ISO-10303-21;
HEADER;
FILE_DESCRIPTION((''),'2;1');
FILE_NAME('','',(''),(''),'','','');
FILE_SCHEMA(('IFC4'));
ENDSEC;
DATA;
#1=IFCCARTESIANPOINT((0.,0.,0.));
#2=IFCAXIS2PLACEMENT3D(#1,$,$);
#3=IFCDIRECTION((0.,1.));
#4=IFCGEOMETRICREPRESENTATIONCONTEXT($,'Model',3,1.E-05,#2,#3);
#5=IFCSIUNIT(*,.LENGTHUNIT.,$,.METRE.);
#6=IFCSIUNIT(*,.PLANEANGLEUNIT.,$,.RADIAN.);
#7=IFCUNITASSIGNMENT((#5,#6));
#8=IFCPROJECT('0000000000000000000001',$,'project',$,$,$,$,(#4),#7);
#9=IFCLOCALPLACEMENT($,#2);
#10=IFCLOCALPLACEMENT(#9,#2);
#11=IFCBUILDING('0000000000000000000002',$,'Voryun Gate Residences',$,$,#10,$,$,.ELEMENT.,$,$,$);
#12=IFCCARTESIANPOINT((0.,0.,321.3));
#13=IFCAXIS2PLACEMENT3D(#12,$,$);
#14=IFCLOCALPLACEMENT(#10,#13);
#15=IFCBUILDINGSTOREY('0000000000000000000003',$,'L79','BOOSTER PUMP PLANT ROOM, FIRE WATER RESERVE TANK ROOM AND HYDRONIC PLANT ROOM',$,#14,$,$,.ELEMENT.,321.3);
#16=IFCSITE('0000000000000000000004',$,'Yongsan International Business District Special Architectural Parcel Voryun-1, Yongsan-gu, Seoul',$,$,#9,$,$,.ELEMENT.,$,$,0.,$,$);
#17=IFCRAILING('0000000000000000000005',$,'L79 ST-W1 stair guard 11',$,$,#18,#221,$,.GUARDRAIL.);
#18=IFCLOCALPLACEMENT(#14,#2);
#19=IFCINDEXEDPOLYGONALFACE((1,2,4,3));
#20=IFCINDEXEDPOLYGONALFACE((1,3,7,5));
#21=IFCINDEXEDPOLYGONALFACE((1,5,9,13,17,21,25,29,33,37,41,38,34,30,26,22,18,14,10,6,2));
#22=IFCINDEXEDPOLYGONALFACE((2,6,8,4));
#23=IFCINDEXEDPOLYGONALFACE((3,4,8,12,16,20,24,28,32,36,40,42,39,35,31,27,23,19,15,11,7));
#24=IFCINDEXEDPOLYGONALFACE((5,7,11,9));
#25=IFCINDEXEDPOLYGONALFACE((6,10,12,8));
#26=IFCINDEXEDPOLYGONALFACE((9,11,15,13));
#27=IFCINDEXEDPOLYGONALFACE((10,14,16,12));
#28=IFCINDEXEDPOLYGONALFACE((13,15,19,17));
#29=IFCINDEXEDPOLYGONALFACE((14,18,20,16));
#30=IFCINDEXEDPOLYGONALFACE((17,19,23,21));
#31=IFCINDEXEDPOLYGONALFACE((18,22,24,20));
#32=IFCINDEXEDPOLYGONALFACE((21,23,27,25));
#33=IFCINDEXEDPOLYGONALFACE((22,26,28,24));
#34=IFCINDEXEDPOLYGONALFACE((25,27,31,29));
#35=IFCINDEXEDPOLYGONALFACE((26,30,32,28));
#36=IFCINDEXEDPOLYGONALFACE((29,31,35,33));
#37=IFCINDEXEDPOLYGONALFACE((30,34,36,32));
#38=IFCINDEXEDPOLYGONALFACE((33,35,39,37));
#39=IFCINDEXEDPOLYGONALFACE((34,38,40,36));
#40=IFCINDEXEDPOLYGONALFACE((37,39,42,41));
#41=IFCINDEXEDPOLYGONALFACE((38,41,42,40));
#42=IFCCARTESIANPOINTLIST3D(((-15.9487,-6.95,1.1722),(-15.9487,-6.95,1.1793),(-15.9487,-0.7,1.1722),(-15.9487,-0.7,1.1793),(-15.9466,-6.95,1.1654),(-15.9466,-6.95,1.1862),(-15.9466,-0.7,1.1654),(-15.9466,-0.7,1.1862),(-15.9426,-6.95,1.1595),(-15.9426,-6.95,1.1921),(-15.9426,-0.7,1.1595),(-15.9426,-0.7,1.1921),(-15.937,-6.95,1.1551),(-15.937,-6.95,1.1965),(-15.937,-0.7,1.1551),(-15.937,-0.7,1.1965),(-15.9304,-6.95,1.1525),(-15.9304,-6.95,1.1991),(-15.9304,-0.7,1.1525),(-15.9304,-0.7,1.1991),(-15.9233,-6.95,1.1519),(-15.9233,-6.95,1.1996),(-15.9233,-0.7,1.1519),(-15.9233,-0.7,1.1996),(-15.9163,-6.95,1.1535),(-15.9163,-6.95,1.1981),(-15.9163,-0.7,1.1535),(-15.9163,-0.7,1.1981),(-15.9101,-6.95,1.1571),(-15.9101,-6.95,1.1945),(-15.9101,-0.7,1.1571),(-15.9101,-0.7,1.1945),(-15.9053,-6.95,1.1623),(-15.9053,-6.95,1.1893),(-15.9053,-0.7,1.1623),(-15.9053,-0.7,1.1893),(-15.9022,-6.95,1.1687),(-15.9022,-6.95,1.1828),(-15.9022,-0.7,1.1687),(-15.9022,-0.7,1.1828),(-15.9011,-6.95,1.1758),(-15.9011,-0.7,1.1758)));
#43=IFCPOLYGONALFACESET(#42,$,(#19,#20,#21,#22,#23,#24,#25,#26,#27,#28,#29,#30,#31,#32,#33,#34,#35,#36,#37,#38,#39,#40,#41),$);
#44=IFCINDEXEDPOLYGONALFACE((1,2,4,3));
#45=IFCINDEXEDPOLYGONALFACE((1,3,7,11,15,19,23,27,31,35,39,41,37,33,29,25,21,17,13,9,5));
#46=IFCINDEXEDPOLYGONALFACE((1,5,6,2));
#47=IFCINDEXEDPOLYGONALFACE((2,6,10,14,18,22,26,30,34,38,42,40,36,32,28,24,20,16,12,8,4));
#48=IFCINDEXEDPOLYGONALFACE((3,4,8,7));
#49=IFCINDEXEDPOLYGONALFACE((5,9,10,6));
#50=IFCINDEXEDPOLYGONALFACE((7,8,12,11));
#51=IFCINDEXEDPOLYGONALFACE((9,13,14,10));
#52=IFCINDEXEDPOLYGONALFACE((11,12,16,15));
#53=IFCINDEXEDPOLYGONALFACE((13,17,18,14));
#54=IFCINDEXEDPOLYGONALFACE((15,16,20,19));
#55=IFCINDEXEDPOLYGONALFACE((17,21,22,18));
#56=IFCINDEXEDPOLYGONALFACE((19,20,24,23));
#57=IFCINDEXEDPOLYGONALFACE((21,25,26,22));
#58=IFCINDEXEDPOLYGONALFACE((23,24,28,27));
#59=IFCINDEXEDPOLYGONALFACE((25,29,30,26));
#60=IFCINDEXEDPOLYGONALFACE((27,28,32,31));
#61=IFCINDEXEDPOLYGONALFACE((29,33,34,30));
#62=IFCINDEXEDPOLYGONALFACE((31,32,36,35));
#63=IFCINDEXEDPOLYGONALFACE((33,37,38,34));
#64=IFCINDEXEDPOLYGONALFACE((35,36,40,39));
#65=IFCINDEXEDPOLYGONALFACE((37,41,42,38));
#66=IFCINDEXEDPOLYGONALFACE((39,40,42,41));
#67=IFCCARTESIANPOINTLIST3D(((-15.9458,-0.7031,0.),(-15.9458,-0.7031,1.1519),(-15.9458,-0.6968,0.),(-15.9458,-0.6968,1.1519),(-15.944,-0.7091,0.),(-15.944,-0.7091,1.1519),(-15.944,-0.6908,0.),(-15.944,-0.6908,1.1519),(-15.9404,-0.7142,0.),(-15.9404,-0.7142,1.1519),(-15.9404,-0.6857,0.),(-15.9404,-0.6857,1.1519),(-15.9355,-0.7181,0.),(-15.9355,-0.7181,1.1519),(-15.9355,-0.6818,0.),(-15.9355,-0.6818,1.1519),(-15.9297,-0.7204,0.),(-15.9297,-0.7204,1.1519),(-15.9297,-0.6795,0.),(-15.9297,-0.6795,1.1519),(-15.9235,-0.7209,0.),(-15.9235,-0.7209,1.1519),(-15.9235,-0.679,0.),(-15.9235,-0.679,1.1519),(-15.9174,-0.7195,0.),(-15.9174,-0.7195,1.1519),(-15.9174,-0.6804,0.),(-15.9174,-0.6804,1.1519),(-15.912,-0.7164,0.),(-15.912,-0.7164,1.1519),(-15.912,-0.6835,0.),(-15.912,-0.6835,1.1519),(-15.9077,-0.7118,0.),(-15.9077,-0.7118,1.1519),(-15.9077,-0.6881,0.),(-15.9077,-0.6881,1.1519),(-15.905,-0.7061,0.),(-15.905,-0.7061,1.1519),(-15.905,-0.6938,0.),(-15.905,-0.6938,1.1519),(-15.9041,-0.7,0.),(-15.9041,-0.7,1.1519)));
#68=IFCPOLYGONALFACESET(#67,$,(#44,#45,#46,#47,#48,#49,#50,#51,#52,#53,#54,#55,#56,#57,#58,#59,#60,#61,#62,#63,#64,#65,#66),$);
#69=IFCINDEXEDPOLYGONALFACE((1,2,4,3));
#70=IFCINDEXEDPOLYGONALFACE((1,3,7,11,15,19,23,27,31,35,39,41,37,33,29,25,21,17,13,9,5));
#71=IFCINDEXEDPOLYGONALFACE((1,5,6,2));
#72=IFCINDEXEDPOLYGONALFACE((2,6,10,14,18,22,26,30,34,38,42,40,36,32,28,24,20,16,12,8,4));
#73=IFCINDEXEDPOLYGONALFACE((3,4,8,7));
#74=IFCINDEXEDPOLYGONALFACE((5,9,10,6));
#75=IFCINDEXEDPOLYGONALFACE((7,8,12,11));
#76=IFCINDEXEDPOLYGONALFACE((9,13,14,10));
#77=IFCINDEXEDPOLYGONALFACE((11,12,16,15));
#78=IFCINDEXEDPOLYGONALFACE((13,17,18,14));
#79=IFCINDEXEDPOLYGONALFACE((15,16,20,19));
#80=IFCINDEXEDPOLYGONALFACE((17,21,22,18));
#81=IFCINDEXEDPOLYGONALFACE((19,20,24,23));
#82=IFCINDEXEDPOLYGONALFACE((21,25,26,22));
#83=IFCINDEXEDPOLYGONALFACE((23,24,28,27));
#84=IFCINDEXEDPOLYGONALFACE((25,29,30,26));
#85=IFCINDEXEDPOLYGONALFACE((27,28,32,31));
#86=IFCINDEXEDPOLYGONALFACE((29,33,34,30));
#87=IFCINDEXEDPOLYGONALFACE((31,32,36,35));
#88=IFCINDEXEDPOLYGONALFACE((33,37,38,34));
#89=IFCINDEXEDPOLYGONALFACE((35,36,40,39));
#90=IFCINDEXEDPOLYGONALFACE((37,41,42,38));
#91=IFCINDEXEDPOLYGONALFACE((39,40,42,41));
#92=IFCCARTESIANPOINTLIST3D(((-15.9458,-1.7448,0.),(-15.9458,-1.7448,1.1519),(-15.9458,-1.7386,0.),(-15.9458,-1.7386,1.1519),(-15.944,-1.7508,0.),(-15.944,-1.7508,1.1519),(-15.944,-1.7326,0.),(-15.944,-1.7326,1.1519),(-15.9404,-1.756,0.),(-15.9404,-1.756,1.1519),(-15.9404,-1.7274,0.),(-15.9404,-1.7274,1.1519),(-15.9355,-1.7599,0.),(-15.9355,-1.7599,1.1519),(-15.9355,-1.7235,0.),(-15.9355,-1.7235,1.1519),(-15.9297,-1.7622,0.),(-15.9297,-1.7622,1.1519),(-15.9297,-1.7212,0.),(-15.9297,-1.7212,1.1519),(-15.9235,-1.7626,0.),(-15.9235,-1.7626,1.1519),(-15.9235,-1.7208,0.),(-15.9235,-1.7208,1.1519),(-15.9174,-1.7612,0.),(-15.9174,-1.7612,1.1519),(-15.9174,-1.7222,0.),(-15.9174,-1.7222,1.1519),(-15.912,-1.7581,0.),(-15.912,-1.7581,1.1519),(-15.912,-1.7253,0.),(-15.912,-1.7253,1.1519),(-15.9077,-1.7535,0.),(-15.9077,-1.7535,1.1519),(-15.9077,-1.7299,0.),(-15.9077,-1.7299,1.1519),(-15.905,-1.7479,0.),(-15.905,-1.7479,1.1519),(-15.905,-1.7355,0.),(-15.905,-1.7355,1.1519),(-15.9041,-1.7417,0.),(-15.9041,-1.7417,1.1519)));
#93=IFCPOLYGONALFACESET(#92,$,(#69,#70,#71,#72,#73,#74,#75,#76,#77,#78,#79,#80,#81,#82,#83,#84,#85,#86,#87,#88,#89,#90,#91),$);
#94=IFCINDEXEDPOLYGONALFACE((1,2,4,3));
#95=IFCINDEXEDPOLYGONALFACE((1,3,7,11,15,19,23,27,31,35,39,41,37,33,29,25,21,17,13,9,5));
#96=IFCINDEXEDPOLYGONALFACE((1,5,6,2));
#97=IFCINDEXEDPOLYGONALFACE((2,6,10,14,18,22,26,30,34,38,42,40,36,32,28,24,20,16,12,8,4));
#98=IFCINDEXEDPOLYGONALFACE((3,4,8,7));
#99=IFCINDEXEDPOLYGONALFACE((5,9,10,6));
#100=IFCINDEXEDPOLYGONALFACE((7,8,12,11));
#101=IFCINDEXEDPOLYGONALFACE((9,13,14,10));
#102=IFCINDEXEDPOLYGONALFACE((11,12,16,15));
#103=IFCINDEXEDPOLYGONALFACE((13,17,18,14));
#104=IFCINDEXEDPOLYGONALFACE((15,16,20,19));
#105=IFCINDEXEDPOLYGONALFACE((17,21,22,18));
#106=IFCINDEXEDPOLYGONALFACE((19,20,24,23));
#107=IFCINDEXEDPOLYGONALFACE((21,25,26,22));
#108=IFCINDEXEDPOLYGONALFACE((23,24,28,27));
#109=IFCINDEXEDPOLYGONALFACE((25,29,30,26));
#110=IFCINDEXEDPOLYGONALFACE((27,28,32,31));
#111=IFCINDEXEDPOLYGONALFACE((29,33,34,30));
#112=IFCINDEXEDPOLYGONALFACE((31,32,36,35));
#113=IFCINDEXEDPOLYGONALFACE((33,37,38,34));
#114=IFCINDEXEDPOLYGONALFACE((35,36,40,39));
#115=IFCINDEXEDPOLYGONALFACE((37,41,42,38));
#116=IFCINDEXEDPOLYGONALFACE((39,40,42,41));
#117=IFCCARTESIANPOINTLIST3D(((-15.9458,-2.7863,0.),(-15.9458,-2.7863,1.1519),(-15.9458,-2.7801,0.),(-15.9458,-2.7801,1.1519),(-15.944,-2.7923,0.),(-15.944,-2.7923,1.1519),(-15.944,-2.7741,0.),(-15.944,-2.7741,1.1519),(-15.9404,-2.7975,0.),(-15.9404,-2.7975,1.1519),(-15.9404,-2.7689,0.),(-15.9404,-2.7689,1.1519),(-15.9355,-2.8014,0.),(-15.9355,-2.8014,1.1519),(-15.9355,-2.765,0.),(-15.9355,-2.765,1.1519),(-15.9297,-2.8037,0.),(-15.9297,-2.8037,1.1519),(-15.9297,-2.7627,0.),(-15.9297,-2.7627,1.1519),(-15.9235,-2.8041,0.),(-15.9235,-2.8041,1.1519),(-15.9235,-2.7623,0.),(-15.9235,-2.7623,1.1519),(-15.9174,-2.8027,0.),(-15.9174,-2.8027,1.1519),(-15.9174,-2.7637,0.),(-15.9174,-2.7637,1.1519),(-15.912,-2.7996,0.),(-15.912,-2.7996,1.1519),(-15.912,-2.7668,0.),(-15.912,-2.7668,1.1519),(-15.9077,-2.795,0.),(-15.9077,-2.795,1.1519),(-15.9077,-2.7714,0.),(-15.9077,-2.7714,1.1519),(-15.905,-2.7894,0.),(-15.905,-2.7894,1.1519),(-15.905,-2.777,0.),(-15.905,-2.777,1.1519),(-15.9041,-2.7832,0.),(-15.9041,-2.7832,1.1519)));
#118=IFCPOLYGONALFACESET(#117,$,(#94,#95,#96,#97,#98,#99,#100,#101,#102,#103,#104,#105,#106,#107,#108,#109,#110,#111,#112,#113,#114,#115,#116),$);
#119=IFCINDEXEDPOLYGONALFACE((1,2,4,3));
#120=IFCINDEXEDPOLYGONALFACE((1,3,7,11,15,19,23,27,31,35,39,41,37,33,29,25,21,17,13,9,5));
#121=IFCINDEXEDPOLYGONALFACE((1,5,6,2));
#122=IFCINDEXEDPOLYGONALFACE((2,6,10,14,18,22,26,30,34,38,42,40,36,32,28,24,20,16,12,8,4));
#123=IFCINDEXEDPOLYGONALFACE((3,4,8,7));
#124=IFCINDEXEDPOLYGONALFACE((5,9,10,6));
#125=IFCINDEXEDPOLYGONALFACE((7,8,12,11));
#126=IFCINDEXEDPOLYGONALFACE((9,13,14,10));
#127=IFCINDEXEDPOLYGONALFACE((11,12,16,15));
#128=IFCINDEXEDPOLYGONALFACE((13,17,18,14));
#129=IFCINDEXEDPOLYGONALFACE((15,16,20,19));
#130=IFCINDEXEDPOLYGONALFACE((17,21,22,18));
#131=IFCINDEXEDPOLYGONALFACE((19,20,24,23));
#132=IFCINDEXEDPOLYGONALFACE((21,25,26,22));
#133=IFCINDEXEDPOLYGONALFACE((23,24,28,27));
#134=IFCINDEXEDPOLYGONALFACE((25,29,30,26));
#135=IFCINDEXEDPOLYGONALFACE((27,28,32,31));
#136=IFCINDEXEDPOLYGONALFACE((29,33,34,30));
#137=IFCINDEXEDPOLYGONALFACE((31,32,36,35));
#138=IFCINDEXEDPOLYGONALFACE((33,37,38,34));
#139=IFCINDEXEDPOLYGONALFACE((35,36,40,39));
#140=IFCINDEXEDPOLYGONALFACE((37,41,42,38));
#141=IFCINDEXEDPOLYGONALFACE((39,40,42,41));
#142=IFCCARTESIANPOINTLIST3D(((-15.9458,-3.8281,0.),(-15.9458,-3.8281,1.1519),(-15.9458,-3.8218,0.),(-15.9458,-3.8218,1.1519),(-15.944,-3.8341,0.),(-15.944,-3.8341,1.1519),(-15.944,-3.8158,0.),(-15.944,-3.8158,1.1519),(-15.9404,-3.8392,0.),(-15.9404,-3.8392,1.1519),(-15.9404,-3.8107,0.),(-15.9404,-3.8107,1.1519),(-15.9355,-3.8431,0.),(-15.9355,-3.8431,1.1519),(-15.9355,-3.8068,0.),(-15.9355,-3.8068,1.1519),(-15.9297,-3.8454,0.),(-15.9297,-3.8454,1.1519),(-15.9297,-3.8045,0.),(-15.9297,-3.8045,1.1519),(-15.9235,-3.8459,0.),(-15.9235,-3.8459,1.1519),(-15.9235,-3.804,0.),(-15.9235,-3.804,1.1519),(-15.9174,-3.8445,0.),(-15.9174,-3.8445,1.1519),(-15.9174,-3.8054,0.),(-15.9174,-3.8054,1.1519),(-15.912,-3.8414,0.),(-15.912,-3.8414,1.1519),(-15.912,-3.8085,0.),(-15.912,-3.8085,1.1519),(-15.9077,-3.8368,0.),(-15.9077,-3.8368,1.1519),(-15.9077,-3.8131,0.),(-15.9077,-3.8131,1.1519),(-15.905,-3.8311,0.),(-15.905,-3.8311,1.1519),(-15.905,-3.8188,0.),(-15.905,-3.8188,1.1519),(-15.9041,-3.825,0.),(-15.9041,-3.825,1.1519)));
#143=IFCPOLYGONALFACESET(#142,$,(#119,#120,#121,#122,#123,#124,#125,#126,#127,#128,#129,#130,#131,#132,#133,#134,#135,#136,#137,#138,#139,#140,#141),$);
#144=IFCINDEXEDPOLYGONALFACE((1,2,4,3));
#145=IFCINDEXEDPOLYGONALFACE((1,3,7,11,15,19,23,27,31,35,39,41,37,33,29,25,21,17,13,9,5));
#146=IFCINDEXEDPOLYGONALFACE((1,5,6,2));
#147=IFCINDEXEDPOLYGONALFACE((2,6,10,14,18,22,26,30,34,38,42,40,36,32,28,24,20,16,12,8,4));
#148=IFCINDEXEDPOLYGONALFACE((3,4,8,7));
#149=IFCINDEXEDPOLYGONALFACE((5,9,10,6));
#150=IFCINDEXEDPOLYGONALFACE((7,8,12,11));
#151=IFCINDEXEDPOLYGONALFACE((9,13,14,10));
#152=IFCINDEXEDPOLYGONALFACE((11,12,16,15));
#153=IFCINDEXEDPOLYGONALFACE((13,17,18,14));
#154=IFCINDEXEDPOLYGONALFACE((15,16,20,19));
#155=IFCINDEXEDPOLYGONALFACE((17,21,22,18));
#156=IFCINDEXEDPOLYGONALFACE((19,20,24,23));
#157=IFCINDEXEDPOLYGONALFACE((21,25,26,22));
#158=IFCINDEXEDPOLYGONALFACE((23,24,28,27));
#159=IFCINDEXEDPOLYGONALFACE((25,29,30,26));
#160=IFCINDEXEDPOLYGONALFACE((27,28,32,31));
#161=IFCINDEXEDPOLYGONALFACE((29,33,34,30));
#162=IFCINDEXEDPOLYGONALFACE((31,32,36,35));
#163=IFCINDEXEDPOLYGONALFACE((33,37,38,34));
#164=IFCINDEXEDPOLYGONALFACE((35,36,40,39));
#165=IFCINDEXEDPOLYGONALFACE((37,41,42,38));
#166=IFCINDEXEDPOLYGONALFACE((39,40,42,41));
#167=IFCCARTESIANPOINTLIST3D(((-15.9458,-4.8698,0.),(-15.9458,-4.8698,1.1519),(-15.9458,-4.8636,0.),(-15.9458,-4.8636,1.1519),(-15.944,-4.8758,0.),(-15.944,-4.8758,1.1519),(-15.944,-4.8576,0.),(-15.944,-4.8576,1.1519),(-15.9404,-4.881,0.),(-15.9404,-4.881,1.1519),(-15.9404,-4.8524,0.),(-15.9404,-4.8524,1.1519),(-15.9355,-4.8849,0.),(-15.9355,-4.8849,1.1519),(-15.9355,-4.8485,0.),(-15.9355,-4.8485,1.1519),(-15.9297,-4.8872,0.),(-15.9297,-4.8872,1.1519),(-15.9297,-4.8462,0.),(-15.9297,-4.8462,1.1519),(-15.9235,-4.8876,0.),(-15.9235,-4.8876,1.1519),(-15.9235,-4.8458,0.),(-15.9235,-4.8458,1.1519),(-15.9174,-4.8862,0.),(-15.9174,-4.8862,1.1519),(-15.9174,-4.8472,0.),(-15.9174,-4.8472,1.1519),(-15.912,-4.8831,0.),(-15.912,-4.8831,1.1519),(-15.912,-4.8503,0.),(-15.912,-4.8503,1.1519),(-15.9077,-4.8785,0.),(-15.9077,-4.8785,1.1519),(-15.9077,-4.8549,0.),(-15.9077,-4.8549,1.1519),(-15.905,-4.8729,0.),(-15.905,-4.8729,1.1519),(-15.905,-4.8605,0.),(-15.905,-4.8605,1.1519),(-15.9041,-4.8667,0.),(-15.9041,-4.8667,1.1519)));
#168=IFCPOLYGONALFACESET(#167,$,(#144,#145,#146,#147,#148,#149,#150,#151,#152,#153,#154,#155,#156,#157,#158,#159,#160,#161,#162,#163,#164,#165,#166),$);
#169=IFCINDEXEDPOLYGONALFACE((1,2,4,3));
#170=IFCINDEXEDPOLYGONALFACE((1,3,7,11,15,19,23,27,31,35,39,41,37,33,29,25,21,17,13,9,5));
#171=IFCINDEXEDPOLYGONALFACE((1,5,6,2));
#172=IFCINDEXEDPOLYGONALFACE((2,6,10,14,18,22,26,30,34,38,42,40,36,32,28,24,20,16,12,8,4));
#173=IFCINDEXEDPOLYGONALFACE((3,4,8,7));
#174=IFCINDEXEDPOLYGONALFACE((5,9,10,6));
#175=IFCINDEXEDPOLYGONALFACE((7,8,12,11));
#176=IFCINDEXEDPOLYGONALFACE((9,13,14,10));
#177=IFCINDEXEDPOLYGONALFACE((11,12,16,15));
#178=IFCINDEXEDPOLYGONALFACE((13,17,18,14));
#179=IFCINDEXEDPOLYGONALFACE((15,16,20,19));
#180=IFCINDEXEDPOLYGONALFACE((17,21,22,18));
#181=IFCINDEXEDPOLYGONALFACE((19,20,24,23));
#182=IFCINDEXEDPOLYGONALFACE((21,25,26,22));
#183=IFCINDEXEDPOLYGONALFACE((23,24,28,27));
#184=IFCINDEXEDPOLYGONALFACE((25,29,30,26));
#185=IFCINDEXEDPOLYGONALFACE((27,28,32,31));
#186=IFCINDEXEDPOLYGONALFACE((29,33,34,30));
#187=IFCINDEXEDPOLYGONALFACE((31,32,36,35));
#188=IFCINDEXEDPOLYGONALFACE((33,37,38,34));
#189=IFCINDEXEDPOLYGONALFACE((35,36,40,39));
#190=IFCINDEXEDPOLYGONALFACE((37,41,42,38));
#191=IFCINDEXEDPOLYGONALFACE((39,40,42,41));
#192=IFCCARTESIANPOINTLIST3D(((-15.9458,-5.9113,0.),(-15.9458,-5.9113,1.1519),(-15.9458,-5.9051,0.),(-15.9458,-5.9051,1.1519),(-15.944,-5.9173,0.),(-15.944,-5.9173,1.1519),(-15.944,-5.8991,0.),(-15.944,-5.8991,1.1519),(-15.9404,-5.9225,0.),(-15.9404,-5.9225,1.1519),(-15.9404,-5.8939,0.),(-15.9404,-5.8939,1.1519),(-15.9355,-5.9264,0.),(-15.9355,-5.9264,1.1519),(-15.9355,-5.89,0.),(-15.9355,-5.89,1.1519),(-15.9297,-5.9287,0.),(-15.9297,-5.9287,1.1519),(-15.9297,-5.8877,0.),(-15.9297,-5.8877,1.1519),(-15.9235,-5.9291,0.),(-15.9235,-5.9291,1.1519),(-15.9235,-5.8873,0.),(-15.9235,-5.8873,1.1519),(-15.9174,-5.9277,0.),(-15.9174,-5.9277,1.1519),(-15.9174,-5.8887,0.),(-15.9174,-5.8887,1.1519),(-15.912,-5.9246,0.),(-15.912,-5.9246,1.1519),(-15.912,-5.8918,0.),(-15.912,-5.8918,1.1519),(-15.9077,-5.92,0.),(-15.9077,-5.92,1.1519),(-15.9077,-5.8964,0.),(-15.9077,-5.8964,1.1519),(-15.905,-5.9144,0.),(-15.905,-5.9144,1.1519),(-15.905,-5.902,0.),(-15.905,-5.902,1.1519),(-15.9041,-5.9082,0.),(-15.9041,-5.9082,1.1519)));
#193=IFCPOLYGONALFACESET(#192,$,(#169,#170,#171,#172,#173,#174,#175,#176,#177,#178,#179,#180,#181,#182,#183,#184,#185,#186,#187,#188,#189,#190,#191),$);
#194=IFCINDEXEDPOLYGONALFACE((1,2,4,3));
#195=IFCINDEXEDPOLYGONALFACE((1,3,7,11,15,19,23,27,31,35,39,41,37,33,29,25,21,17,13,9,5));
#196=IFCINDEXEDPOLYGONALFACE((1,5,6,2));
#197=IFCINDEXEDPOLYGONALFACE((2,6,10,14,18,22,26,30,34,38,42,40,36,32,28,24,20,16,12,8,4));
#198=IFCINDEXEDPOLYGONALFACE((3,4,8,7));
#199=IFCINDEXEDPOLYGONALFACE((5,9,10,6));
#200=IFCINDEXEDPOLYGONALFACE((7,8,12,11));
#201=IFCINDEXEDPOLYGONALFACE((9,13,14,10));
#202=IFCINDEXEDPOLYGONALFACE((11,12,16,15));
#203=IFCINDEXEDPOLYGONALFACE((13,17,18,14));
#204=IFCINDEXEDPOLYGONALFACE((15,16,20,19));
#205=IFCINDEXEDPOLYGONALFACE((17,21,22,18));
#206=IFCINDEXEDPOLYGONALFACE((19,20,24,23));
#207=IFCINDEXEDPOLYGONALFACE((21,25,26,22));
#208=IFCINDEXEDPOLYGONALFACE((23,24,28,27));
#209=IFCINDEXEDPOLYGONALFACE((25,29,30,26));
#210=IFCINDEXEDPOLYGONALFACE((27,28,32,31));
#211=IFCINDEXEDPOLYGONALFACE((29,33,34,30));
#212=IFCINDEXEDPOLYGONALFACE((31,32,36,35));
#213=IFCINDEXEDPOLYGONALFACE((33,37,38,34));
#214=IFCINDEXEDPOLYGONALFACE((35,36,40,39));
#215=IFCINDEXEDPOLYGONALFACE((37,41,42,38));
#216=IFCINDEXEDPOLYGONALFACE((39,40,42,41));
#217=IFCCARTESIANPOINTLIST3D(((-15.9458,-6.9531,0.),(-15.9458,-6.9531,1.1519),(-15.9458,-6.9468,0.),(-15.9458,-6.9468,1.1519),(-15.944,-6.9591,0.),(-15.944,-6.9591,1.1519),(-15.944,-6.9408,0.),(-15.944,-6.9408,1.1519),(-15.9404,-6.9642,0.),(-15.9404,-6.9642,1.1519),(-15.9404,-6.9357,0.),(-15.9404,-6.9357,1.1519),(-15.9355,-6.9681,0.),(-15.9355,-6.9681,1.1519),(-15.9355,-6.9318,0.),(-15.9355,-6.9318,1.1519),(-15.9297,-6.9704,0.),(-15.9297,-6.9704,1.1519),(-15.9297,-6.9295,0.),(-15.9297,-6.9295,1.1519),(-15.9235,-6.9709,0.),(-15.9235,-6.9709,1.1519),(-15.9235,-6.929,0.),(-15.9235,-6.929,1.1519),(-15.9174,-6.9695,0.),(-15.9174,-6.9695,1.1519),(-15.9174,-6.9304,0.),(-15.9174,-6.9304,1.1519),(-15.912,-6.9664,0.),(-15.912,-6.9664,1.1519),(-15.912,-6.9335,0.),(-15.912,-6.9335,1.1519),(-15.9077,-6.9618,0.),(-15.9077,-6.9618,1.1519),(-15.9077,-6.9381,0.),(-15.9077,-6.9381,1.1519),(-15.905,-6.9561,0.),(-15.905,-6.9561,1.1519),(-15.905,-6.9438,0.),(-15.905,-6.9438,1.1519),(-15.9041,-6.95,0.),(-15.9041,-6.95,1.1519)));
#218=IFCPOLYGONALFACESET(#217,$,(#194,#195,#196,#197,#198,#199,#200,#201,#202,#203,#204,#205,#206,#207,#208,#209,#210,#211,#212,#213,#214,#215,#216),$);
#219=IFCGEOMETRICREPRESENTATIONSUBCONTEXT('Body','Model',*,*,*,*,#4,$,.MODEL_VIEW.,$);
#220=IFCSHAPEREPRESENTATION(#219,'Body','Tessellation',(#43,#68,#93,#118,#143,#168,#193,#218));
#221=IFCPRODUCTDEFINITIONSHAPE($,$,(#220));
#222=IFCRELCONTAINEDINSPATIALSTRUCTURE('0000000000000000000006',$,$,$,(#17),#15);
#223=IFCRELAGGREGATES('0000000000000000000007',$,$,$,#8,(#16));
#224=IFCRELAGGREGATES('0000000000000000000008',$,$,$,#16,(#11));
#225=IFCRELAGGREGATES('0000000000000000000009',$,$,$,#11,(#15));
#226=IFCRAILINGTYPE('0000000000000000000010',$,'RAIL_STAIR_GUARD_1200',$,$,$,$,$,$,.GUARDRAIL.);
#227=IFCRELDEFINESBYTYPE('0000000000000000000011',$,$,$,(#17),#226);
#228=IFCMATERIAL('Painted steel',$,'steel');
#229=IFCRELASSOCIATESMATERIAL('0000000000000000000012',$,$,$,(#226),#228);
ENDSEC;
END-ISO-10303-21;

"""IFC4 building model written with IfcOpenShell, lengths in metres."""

from ifc_helpers import new_model, si_unit, direction, frame, origin, origin_2d, place, context, subcontext, project, spatial, circle, extrude, material, type_object, element, save


model = new_model("IFC4")

# Units and contexts
model_context = context("Model", 3, precision=1e-05, world=origin(), true_north=direction((0.0, 1.0)))
body_context = subcontext(model_context, "Body", "Model", "MODEL_VIEW")
ifc_project = project(units=[si_unit("LENGTHUNIT", "METRE"), si_unit("PLANEANGLEUNIT", "RADIAN")], contexts=[model_context])

# Site, building, storey
site_placement = place(None, origin())
site = spatial("IfcSite", under=ifc_project, at=site_placement, Name="Yongsan International Business District Special Architectural Parcel Voryun-1, Yongsan-gu, Seoul", CompositionType="ELEMENT", RefElevation=0.0)
building_placement = place(site_placement, origin())
building = spatial("IfcBuilding", under=site, at=building_placement, Name="Voryun Gate Residences", CompositionType="ELEMENT")
storey_placement = place(building_placement, frame((0.0, 0.0, 321.3)))
storey = spatial("IfcBuildingStorey", under=building, at=storey_placement, Name="L79", Description="BOOSTER PUMP PLANT ROOM, FIRE WATER RESERVE TANK ROOM AND HYDRONIC PLANT ROOM", CompositionType="ELEMENT", Elevation=321.3)

# Railing
ifc_material_1 = material(Name="Painted steel", Category="steel")
railing_type_1 = type_object("IfcRailingType", Name="RAIL_STAIR_GUARD_1200", PredefinedType="GUARDRAIL", material=ifc_material_1)
railing_1_placement = place(storey_placement, frame((-15.925, -0.7, 0.0)))
element("IfcRailing", 1, at=railing_1_placement, inside=storey, type_object=railing_type_1, Name="L79 ST-W1 stair guard 11", PredefinedType="GUARDRAIL", context=body_context, shape_type="SweptSolid", body=[
    extrude(circle(Radius=0.0239, at=origin_2d()), frame((0.0, 0.0, 1.1758), z_axis=(0.0, -1.0, 0.0), x_axis=(1.0, 0.0, 0.0)), (0.0, 0.0, 1.0), 6.25),
    extrude(circle(Radius=0.021, at=origin_2d()), origin(), (0.0, 0.0, 1.0), 1.1519),
    extrude(circle(Radius=0.021, at=origin_2d()), frame((0.0, -1.0417, 0.0)), (0.0, 0.0, 1.0), 1.1519),
    extrude(circle(Radius=0.021, at=origin_2d()), frame((0.0, -2.0833, 0.0)), (0.0, 0.0, 1.0), 1.1519),
    extrude(circle(Radius=0.021, at=origin_2d()), frame((0.0, -3.125, 0.0)), (0.0, 0.0, 1.0), 1.1519),
    extrude(circle(Radius=0.021, at=origin_2d()), frame((0.0, -4.1667, 0.0)), (0.0, 0.0, 1.0), 1.1519),
    extrude(circle(Radius=0.021, at=origin_2d()), frame((0.0, -5.2083, 0.0)), (0.0, 0.0, 1.0), 1.1519),
    extrude(circle(Radius=0.021, at=origin_2d()), frame((0.0, -6.25, 0.0)), (0.0, 0.0, 1.0), 1.1519),
])

save(model, "model.ifc")
